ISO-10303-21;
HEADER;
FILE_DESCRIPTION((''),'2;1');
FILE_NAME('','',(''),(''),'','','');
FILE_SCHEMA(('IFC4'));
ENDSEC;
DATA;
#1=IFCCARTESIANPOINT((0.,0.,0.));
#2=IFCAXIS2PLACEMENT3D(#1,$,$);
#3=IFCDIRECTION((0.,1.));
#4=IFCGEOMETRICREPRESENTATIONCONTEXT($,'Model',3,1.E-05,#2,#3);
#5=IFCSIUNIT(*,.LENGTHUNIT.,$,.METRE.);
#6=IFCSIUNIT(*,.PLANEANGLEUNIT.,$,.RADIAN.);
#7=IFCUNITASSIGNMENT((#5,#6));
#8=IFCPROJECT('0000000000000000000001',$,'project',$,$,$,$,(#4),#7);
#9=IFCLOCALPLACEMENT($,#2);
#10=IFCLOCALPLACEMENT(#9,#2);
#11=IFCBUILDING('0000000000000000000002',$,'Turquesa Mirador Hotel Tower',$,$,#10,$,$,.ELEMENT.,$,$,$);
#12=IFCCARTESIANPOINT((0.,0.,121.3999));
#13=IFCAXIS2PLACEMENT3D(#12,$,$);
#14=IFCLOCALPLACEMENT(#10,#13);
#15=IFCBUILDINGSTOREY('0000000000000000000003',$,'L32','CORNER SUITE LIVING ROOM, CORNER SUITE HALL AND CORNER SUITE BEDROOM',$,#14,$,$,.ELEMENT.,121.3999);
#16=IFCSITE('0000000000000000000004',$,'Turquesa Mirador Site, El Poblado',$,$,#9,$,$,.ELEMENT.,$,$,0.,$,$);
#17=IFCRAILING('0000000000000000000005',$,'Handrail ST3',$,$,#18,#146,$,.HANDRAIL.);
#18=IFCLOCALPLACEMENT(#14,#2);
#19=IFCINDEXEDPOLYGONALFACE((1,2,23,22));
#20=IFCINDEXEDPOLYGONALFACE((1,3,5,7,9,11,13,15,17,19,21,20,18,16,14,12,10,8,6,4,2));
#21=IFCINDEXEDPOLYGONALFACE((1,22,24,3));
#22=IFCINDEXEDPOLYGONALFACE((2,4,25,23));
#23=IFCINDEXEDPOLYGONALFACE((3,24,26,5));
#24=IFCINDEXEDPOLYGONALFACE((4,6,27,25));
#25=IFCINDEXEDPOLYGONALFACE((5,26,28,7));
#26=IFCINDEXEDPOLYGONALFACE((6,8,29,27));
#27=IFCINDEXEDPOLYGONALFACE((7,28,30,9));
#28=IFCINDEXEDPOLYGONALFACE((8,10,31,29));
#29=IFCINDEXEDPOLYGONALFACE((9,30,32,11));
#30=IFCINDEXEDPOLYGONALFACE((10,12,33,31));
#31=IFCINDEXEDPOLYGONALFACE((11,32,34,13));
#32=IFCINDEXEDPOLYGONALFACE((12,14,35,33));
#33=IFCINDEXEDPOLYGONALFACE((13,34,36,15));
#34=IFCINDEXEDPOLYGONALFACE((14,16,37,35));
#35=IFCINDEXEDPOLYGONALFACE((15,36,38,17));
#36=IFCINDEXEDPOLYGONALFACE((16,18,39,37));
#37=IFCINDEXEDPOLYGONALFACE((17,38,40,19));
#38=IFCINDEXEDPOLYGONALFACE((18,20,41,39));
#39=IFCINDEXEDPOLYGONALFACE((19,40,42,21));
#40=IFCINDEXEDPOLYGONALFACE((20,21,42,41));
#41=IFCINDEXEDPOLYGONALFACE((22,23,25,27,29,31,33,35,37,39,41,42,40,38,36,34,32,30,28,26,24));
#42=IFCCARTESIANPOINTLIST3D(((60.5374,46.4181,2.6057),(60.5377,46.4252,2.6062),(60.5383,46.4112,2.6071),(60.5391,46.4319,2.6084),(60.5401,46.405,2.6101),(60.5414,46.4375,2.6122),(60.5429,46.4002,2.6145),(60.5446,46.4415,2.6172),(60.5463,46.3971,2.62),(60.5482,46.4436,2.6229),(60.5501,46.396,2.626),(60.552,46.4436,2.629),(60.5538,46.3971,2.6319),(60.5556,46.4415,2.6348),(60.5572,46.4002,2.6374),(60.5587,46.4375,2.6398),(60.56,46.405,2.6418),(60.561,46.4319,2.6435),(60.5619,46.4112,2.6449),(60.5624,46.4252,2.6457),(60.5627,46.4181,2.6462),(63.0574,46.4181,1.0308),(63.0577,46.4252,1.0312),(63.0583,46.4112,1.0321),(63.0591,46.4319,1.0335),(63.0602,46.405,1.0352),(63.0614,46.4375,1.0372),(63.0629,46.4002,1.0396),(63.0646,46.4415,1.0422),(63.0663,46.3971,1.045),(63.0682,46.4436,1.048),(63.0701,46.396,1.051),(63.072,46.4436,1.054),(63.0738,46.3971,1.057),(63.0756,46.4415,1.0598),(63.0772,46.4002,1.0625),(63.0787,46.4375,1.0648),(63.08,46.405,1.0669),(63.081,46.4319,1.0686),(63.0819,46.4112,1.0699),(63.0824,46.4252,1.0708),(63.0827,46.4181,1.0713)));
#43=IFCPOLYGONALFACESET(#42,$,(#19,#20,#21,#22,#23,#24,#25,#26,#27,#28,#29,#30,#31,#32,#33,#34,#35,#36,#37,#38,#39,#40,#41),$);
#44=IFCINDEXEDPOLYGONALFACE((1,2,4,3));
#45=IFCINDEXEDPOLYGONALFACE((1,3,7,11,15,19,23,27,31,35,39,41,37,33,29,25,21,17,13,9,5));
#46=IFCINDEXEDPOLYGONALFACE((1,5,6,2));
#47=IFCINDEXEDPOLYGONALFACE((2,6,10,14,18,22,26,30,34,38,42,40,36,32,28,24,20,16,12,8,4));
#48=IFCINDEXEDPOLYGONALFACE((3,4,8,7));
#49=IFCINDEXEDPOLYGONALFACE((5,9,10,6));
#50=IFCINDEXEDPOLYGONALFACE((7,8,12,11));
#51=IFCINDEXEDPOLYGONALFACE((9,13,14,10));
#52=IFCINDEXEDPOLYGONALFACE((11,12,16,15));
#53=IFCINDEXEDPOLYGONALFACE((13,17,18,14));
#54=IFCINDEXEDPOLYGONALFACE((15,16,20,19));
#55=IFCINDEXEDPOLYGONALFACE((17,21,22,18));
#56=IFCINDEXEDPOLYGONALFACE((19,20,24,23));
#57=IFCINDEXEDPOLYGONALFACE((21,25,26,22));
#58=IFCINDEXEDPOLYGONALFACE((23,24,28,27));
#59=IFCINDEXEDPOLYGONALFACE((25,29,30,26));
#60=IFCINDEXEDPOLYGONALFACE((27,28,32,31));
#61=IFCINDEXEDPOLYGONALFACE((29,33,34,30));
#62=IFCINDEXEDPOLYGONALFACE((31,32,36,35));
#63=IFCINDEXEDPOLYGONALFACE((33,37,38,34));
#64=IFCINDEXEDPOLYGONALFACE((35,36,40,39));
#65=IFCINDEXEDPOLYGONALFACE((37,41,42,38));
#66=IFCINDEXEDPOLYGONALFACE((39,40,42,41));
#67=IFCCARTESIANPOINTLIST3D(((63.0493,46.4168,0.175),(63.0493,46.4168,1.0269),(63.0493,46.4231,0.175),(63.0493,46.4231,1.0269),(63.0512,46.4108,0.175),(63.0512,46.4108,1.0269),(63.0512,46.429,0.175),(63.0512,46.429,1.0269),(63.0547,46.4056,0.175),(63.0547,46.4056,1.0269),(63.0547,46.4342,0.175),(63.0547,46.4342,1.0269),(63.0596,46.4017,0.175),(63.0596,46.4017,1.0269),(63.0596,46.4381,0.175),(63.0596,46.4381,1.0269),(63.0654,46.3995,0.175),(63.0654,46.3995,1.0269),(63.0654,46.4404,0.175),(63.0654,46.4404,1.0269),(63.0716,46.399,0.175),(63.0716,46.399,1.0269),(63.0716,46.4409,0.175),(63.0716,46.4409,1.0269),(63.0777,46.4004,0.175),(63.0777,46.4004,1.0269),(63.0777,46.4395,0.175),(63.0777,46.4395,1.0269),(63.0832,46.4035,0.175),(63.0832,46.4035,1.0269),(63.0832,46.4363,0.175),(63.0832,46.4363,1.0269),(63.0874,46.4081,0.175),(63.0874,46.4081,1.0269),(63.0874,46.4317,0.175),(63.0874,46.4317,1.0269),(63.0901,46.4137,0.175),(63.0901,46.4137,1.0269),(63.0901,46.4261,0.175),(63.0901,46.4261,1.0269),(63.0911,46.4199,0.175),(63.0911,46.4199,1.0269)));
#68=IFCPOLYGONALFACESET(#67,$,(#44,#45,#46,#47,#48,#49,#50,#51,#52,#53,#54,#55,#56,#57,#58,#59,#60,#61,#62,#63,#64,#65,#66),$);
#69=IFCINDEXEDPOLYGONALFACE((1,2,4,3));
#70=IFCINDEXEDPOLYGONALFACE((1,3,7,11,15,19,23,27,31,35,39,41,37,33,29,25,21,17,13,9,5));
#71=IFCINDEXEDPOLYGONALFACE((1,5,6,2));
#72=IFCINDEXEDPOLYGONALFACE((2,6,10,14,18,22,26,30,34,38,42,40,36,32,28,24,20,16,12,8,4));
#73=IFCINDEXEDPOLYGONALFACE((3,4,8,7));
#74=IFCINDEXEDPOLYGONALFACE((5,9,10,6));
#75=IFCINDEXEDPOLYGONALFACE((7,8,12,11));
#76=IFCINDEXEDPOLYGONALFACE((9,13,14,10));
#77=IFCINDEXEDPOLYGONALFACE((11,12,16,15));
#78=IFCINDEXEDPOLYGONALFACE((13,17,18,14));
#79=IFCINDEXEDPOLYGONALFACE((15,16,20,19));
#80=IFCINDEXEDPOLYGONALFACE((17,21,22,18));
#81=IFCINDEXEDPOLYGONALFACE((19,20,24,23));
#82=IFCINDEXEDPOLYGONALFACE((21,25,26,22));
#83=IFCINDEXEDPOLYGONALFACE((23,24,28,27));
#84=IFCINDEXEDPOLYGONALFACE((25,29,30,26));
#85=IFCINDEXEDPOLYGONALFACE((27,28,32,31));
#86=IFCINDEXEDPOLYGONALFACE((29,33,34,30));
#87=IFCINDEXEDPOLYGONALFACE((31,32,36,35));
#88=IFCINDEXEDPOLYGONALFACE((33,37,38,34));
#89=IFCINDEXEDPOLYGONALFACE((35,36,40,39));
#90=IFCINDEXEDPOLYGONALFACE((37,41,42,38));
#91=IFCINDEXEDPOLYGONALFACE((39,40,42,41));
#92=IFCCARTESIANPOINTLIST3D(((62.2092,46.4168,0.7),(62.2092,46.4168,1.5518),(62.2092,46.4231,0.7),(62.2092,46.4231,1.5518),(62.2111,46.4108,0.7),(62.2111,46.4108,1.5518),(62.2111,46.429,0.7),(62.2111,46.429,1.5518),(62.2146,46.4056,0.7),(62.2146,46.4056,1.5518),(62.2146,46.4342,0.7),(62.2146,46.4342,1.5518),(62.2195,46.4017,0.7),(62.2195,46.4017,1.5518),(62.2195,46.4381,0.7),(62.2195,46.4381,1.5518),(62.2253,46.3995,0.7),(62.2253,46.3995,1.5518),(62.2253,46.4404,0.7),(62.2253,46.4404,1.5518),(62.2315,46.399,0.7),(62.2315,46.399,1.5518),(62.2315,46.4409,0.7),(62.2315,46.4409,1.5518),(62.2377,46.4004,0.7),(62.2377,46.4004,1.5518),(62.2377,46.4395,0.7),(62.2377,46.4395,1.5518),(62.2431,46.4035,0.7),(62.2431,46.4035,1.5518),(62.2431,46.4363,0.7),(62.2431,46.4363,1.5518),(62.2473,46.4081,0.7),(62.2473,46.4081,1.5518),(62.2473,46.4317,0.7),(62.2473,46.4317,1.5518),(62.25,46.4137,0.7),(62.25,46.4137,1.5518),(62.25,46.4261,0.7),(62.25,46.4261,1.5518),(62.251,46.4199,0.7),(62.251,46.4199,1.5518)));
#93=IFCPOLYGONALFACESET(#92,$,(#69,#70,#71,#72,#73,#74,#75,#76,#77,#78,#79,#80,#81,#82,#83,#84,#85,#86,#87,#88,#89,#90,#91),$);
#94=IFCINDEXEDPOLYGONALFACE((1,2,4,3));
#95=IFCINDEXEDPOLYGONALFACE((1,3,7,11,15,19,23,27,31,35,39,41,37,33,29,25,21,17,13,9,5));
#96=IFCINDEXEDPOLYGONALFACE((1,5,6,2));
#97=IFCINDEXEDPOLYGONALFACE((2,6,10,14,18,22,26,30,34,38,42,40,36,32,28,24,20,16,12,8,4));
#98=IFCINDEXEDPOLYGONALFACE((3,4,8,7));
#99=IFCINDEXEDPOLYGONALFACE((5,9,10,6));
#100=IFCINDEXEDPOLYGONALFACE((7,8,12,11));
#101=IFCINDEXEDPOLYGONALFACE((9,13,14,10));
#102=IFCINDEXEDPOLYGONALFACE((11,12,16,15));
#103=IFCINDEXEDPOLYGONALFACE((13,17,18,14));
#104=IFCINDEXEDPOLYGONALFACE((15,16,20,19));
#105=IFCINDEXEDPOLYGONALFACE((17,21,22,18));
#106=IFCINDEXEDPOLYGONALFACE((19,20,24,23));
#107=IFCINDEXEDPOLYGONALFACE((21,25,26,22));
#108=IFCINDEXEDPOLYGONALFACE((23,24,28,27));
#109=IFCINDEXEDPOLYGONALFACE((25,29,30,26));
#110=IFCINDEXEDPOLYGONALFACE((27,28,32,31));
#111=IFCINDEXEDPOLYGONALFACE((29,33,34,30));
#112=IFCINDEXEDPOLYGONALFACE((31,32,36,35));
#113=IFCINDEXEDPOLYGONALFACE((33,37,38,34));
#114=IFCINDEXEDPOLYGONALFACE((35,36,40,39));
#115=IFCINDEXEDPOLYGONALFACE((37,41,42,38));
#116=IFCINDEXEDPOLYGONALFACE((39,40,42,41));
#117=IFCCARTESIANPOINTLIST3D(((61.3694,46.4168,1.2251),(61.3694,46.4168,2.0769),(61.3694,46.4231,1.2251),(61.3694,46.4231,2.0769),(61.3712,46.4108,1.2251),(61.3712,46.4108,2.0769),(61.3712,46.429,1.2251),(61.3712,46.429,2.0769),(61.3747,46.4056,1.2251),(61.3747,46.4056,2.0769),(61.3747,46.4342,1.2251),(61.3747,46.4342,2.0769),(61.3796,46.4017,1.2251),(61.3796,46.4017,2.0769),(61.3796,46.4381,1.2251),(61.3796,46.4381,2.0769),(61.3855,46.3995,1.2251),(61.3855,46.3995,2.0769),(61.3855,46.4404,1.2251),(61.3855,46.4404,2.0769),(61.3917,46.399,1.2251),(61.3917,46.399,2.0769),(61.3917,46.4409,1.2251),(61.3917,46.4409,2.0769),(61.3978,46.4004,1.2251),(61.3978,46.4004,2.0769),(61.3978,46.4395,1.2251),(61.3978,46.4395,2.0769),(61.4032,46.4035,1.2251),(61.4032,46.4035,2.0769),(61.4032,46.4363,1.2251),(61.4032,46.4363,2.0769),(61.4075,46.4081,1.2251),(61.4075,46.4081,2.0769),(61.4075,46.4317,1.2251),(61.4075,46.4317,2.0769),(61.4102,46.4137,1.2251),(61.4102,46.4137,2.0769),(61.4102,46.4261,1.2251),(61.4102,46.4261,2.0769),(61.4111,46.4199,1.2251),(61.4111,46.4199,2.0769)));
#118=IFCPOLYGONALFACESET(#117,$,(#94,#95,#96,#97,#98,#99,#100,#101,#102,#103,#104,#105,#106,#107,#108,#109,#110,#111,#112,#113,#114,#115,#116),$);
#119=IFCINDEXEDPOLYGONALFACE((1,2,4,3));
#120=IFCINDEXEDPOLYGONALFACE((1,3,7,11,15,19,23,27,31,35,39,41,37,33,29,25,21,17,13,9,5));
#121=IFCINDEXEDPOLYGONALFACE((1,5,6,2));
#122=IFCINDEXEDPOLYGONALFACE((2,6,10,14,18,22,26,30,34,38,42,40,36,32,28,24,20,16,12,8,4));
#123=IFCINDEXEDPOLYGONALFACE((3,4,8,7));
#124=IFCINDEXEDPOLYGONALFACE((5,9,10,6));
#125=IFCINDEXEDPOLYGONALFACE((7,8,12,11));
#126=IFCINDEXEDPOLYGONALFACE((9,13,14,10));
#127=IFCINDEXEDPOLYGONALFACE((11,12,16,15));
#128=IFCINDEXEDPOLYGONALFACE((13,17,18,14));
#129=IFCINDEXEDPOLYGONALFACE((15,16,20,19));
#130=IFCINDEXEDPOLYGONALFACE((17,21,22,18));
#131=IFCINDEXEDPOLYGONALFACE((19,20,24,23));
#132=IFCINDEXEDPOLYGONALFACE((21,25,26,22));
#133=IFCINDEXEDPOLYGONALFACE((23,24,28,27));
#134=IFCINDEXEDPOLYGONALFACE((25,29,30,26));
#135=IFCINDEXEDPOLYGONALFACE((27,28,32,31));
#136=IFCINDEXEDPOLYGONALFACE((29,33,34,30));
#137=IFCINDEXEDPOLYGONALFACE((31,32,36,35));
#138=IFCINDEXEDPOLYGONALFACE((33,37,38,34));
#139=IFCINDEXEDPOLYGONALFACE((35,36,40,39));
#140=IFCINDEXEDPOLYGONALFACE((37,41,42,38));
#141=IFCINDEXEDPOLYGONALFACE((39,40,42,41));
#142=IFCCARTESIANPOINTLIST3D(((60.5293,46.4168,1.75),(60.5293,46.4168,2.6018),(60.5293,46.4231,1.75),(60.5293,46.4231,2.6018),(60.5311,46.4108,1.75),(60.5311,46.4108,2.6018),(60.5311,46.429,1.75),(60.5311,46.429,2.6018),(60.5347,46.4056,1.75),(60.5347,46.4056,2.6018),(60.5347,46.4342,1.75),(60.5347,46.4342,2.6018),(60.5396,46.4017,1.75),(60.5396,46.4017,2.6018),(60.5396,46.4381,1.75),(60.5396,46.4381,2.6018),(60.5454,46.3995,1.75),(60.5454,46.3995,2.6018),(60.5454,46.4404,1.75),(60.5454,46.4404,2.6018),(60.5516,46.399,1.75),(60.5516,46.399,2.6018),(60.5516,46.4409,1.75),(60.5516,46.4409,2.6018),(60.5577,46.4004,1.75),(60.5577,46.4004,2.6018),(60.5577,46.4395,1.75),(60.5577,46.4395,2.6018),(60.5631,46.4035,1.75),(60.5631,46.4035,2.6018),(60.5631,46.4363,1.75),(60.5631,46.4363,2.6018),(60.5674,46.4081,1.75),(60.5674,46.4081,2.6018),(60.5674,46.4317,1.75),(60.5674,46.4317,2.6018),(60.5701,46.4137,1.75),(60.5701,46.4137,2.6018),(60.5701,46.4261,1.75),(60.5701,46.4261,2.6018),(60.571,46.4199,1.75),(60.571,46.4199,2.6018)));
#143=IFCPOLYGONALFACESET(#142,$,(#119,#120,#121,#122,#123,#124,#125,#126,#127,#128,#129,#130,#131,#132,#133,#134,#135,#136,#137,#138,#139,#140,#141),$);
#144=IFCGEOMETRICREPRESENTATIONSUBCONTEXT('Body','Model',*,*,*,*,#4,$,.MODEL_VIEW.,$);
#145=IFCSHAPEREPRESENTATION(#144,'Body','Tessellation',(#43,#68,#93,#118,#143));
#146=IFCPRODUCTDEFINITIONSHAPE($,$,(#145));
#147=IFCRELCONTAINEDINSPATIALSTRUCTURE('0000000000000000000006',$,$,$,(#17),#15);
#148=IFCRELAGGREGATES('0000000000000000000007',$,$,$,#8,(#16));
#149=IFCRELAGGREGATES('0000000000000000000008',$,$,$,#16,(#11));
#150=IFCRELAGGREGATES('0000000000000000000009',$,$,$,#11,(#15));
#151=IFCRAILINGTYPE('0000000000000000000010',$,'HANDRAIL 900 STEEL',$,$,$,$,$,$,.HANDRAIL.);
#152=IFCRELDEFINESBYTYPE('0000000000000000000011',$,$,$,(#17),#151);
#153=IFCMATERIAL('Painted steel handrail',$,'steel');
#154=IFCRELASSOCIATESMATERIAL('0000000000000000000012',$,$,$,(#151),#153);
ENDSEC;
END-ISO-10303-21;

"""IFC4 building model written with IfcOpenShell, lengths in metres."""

from ifc_helpers import new_model, si_unit, direction, frame, origin, origin_2d, place, context, subcontext, project, spatial, circle, extrude, material, type_object, element, save


model = new_model("IFC4")

# Units and contexts
model_context = context("Model", 3, precision=1e-05, world=origin(), true_north=direction((0.0, 1.0)))
body_context = subcontext(model_context, "Body", "Model", "MODEL_VIEW")
ifc_project = project(units=[si_unit("LENGTHUNIT", "METRE"), si_unit("PLANEANGLEUNIT", "RADIAN")], contexts=[model_context])

# Site, building, storey
site_placement = place(None, origin())
site = spatial("IfcSite", under=ifc_project, at=site_placement, Name="Turquesa Mirador Site, El Poblado", CompositionType="ELEMENT", RefElevation=0.0)
building_placement = place(site_placement, origin())
building = spatial("IfcBuilding", under=site, at=building_placement, Name="Turquesa Mirador Hotel Tower", CompositionType="ELEMENT")
storey_placement = place(building_placement, frame((0.0, 0.0, 121.3999)))
storey = spatial("IfcBuildingStorey", under=building, at=storey_placement, Name="L32", Description="CORNER SUITE LIVING ROOM, CORNER SUITE HALL AND CORNER SUITE BEDROOM", CompositionType="ELEMENT", Elevation=121.3999)

# Railing
ifc_material_1 = material(Name="Painted steel handrail", Category="steel")
railing_type = type_object("IfcRailingType", Name="HANDRAIL 900 STEEL", PredefinedType="HANDRAIL", material=ifc_material_1)
railing_1_placement = place(storey_placement, frame((63.0701, 46.4199, 0.175)))
element("IfcRailing", 1, at=railing_1_placement, inside=storey, type_object=railing_type, Name="Handrail ST3", PredefinedType="HANDRAIL", context=body_context, shape_type="SweptSolid", body=[
    extrude(circle(Radius=0.0239, at=origin_2d()), frame((0.0, 0.0, 0.876), z_axis=(-0.848008, 0.0, 0.529984), x_axis=(0.0, -1.0, 0.0)), (0.0, 0.0, 1.0), 2.9717),
    extrude(circle(Radius=0.021, at=origin_2d()), origin(), (0.0, 0.0, 1.0), 0.8518),
    extrude(circle(Radius=0.021, at=origin_2d()), frame((-0.8401, 0.0, 0.5249)), (0.0, 0.0, 1.0), 0.8518),
    extrude(circle(Radius=0.021, at=origin_2d()), frame((-1.6799, 0.0, 1.05)), (0.0, 0.0, 1.0), 0.8518),
    extrude(circle(Radius=0.021, at=origin_2d()), frame((-2.52, 0.0, 1.575)), (0.0, 0.0, 1.0), 0.8518),
])

save(model, "model.ifc")
